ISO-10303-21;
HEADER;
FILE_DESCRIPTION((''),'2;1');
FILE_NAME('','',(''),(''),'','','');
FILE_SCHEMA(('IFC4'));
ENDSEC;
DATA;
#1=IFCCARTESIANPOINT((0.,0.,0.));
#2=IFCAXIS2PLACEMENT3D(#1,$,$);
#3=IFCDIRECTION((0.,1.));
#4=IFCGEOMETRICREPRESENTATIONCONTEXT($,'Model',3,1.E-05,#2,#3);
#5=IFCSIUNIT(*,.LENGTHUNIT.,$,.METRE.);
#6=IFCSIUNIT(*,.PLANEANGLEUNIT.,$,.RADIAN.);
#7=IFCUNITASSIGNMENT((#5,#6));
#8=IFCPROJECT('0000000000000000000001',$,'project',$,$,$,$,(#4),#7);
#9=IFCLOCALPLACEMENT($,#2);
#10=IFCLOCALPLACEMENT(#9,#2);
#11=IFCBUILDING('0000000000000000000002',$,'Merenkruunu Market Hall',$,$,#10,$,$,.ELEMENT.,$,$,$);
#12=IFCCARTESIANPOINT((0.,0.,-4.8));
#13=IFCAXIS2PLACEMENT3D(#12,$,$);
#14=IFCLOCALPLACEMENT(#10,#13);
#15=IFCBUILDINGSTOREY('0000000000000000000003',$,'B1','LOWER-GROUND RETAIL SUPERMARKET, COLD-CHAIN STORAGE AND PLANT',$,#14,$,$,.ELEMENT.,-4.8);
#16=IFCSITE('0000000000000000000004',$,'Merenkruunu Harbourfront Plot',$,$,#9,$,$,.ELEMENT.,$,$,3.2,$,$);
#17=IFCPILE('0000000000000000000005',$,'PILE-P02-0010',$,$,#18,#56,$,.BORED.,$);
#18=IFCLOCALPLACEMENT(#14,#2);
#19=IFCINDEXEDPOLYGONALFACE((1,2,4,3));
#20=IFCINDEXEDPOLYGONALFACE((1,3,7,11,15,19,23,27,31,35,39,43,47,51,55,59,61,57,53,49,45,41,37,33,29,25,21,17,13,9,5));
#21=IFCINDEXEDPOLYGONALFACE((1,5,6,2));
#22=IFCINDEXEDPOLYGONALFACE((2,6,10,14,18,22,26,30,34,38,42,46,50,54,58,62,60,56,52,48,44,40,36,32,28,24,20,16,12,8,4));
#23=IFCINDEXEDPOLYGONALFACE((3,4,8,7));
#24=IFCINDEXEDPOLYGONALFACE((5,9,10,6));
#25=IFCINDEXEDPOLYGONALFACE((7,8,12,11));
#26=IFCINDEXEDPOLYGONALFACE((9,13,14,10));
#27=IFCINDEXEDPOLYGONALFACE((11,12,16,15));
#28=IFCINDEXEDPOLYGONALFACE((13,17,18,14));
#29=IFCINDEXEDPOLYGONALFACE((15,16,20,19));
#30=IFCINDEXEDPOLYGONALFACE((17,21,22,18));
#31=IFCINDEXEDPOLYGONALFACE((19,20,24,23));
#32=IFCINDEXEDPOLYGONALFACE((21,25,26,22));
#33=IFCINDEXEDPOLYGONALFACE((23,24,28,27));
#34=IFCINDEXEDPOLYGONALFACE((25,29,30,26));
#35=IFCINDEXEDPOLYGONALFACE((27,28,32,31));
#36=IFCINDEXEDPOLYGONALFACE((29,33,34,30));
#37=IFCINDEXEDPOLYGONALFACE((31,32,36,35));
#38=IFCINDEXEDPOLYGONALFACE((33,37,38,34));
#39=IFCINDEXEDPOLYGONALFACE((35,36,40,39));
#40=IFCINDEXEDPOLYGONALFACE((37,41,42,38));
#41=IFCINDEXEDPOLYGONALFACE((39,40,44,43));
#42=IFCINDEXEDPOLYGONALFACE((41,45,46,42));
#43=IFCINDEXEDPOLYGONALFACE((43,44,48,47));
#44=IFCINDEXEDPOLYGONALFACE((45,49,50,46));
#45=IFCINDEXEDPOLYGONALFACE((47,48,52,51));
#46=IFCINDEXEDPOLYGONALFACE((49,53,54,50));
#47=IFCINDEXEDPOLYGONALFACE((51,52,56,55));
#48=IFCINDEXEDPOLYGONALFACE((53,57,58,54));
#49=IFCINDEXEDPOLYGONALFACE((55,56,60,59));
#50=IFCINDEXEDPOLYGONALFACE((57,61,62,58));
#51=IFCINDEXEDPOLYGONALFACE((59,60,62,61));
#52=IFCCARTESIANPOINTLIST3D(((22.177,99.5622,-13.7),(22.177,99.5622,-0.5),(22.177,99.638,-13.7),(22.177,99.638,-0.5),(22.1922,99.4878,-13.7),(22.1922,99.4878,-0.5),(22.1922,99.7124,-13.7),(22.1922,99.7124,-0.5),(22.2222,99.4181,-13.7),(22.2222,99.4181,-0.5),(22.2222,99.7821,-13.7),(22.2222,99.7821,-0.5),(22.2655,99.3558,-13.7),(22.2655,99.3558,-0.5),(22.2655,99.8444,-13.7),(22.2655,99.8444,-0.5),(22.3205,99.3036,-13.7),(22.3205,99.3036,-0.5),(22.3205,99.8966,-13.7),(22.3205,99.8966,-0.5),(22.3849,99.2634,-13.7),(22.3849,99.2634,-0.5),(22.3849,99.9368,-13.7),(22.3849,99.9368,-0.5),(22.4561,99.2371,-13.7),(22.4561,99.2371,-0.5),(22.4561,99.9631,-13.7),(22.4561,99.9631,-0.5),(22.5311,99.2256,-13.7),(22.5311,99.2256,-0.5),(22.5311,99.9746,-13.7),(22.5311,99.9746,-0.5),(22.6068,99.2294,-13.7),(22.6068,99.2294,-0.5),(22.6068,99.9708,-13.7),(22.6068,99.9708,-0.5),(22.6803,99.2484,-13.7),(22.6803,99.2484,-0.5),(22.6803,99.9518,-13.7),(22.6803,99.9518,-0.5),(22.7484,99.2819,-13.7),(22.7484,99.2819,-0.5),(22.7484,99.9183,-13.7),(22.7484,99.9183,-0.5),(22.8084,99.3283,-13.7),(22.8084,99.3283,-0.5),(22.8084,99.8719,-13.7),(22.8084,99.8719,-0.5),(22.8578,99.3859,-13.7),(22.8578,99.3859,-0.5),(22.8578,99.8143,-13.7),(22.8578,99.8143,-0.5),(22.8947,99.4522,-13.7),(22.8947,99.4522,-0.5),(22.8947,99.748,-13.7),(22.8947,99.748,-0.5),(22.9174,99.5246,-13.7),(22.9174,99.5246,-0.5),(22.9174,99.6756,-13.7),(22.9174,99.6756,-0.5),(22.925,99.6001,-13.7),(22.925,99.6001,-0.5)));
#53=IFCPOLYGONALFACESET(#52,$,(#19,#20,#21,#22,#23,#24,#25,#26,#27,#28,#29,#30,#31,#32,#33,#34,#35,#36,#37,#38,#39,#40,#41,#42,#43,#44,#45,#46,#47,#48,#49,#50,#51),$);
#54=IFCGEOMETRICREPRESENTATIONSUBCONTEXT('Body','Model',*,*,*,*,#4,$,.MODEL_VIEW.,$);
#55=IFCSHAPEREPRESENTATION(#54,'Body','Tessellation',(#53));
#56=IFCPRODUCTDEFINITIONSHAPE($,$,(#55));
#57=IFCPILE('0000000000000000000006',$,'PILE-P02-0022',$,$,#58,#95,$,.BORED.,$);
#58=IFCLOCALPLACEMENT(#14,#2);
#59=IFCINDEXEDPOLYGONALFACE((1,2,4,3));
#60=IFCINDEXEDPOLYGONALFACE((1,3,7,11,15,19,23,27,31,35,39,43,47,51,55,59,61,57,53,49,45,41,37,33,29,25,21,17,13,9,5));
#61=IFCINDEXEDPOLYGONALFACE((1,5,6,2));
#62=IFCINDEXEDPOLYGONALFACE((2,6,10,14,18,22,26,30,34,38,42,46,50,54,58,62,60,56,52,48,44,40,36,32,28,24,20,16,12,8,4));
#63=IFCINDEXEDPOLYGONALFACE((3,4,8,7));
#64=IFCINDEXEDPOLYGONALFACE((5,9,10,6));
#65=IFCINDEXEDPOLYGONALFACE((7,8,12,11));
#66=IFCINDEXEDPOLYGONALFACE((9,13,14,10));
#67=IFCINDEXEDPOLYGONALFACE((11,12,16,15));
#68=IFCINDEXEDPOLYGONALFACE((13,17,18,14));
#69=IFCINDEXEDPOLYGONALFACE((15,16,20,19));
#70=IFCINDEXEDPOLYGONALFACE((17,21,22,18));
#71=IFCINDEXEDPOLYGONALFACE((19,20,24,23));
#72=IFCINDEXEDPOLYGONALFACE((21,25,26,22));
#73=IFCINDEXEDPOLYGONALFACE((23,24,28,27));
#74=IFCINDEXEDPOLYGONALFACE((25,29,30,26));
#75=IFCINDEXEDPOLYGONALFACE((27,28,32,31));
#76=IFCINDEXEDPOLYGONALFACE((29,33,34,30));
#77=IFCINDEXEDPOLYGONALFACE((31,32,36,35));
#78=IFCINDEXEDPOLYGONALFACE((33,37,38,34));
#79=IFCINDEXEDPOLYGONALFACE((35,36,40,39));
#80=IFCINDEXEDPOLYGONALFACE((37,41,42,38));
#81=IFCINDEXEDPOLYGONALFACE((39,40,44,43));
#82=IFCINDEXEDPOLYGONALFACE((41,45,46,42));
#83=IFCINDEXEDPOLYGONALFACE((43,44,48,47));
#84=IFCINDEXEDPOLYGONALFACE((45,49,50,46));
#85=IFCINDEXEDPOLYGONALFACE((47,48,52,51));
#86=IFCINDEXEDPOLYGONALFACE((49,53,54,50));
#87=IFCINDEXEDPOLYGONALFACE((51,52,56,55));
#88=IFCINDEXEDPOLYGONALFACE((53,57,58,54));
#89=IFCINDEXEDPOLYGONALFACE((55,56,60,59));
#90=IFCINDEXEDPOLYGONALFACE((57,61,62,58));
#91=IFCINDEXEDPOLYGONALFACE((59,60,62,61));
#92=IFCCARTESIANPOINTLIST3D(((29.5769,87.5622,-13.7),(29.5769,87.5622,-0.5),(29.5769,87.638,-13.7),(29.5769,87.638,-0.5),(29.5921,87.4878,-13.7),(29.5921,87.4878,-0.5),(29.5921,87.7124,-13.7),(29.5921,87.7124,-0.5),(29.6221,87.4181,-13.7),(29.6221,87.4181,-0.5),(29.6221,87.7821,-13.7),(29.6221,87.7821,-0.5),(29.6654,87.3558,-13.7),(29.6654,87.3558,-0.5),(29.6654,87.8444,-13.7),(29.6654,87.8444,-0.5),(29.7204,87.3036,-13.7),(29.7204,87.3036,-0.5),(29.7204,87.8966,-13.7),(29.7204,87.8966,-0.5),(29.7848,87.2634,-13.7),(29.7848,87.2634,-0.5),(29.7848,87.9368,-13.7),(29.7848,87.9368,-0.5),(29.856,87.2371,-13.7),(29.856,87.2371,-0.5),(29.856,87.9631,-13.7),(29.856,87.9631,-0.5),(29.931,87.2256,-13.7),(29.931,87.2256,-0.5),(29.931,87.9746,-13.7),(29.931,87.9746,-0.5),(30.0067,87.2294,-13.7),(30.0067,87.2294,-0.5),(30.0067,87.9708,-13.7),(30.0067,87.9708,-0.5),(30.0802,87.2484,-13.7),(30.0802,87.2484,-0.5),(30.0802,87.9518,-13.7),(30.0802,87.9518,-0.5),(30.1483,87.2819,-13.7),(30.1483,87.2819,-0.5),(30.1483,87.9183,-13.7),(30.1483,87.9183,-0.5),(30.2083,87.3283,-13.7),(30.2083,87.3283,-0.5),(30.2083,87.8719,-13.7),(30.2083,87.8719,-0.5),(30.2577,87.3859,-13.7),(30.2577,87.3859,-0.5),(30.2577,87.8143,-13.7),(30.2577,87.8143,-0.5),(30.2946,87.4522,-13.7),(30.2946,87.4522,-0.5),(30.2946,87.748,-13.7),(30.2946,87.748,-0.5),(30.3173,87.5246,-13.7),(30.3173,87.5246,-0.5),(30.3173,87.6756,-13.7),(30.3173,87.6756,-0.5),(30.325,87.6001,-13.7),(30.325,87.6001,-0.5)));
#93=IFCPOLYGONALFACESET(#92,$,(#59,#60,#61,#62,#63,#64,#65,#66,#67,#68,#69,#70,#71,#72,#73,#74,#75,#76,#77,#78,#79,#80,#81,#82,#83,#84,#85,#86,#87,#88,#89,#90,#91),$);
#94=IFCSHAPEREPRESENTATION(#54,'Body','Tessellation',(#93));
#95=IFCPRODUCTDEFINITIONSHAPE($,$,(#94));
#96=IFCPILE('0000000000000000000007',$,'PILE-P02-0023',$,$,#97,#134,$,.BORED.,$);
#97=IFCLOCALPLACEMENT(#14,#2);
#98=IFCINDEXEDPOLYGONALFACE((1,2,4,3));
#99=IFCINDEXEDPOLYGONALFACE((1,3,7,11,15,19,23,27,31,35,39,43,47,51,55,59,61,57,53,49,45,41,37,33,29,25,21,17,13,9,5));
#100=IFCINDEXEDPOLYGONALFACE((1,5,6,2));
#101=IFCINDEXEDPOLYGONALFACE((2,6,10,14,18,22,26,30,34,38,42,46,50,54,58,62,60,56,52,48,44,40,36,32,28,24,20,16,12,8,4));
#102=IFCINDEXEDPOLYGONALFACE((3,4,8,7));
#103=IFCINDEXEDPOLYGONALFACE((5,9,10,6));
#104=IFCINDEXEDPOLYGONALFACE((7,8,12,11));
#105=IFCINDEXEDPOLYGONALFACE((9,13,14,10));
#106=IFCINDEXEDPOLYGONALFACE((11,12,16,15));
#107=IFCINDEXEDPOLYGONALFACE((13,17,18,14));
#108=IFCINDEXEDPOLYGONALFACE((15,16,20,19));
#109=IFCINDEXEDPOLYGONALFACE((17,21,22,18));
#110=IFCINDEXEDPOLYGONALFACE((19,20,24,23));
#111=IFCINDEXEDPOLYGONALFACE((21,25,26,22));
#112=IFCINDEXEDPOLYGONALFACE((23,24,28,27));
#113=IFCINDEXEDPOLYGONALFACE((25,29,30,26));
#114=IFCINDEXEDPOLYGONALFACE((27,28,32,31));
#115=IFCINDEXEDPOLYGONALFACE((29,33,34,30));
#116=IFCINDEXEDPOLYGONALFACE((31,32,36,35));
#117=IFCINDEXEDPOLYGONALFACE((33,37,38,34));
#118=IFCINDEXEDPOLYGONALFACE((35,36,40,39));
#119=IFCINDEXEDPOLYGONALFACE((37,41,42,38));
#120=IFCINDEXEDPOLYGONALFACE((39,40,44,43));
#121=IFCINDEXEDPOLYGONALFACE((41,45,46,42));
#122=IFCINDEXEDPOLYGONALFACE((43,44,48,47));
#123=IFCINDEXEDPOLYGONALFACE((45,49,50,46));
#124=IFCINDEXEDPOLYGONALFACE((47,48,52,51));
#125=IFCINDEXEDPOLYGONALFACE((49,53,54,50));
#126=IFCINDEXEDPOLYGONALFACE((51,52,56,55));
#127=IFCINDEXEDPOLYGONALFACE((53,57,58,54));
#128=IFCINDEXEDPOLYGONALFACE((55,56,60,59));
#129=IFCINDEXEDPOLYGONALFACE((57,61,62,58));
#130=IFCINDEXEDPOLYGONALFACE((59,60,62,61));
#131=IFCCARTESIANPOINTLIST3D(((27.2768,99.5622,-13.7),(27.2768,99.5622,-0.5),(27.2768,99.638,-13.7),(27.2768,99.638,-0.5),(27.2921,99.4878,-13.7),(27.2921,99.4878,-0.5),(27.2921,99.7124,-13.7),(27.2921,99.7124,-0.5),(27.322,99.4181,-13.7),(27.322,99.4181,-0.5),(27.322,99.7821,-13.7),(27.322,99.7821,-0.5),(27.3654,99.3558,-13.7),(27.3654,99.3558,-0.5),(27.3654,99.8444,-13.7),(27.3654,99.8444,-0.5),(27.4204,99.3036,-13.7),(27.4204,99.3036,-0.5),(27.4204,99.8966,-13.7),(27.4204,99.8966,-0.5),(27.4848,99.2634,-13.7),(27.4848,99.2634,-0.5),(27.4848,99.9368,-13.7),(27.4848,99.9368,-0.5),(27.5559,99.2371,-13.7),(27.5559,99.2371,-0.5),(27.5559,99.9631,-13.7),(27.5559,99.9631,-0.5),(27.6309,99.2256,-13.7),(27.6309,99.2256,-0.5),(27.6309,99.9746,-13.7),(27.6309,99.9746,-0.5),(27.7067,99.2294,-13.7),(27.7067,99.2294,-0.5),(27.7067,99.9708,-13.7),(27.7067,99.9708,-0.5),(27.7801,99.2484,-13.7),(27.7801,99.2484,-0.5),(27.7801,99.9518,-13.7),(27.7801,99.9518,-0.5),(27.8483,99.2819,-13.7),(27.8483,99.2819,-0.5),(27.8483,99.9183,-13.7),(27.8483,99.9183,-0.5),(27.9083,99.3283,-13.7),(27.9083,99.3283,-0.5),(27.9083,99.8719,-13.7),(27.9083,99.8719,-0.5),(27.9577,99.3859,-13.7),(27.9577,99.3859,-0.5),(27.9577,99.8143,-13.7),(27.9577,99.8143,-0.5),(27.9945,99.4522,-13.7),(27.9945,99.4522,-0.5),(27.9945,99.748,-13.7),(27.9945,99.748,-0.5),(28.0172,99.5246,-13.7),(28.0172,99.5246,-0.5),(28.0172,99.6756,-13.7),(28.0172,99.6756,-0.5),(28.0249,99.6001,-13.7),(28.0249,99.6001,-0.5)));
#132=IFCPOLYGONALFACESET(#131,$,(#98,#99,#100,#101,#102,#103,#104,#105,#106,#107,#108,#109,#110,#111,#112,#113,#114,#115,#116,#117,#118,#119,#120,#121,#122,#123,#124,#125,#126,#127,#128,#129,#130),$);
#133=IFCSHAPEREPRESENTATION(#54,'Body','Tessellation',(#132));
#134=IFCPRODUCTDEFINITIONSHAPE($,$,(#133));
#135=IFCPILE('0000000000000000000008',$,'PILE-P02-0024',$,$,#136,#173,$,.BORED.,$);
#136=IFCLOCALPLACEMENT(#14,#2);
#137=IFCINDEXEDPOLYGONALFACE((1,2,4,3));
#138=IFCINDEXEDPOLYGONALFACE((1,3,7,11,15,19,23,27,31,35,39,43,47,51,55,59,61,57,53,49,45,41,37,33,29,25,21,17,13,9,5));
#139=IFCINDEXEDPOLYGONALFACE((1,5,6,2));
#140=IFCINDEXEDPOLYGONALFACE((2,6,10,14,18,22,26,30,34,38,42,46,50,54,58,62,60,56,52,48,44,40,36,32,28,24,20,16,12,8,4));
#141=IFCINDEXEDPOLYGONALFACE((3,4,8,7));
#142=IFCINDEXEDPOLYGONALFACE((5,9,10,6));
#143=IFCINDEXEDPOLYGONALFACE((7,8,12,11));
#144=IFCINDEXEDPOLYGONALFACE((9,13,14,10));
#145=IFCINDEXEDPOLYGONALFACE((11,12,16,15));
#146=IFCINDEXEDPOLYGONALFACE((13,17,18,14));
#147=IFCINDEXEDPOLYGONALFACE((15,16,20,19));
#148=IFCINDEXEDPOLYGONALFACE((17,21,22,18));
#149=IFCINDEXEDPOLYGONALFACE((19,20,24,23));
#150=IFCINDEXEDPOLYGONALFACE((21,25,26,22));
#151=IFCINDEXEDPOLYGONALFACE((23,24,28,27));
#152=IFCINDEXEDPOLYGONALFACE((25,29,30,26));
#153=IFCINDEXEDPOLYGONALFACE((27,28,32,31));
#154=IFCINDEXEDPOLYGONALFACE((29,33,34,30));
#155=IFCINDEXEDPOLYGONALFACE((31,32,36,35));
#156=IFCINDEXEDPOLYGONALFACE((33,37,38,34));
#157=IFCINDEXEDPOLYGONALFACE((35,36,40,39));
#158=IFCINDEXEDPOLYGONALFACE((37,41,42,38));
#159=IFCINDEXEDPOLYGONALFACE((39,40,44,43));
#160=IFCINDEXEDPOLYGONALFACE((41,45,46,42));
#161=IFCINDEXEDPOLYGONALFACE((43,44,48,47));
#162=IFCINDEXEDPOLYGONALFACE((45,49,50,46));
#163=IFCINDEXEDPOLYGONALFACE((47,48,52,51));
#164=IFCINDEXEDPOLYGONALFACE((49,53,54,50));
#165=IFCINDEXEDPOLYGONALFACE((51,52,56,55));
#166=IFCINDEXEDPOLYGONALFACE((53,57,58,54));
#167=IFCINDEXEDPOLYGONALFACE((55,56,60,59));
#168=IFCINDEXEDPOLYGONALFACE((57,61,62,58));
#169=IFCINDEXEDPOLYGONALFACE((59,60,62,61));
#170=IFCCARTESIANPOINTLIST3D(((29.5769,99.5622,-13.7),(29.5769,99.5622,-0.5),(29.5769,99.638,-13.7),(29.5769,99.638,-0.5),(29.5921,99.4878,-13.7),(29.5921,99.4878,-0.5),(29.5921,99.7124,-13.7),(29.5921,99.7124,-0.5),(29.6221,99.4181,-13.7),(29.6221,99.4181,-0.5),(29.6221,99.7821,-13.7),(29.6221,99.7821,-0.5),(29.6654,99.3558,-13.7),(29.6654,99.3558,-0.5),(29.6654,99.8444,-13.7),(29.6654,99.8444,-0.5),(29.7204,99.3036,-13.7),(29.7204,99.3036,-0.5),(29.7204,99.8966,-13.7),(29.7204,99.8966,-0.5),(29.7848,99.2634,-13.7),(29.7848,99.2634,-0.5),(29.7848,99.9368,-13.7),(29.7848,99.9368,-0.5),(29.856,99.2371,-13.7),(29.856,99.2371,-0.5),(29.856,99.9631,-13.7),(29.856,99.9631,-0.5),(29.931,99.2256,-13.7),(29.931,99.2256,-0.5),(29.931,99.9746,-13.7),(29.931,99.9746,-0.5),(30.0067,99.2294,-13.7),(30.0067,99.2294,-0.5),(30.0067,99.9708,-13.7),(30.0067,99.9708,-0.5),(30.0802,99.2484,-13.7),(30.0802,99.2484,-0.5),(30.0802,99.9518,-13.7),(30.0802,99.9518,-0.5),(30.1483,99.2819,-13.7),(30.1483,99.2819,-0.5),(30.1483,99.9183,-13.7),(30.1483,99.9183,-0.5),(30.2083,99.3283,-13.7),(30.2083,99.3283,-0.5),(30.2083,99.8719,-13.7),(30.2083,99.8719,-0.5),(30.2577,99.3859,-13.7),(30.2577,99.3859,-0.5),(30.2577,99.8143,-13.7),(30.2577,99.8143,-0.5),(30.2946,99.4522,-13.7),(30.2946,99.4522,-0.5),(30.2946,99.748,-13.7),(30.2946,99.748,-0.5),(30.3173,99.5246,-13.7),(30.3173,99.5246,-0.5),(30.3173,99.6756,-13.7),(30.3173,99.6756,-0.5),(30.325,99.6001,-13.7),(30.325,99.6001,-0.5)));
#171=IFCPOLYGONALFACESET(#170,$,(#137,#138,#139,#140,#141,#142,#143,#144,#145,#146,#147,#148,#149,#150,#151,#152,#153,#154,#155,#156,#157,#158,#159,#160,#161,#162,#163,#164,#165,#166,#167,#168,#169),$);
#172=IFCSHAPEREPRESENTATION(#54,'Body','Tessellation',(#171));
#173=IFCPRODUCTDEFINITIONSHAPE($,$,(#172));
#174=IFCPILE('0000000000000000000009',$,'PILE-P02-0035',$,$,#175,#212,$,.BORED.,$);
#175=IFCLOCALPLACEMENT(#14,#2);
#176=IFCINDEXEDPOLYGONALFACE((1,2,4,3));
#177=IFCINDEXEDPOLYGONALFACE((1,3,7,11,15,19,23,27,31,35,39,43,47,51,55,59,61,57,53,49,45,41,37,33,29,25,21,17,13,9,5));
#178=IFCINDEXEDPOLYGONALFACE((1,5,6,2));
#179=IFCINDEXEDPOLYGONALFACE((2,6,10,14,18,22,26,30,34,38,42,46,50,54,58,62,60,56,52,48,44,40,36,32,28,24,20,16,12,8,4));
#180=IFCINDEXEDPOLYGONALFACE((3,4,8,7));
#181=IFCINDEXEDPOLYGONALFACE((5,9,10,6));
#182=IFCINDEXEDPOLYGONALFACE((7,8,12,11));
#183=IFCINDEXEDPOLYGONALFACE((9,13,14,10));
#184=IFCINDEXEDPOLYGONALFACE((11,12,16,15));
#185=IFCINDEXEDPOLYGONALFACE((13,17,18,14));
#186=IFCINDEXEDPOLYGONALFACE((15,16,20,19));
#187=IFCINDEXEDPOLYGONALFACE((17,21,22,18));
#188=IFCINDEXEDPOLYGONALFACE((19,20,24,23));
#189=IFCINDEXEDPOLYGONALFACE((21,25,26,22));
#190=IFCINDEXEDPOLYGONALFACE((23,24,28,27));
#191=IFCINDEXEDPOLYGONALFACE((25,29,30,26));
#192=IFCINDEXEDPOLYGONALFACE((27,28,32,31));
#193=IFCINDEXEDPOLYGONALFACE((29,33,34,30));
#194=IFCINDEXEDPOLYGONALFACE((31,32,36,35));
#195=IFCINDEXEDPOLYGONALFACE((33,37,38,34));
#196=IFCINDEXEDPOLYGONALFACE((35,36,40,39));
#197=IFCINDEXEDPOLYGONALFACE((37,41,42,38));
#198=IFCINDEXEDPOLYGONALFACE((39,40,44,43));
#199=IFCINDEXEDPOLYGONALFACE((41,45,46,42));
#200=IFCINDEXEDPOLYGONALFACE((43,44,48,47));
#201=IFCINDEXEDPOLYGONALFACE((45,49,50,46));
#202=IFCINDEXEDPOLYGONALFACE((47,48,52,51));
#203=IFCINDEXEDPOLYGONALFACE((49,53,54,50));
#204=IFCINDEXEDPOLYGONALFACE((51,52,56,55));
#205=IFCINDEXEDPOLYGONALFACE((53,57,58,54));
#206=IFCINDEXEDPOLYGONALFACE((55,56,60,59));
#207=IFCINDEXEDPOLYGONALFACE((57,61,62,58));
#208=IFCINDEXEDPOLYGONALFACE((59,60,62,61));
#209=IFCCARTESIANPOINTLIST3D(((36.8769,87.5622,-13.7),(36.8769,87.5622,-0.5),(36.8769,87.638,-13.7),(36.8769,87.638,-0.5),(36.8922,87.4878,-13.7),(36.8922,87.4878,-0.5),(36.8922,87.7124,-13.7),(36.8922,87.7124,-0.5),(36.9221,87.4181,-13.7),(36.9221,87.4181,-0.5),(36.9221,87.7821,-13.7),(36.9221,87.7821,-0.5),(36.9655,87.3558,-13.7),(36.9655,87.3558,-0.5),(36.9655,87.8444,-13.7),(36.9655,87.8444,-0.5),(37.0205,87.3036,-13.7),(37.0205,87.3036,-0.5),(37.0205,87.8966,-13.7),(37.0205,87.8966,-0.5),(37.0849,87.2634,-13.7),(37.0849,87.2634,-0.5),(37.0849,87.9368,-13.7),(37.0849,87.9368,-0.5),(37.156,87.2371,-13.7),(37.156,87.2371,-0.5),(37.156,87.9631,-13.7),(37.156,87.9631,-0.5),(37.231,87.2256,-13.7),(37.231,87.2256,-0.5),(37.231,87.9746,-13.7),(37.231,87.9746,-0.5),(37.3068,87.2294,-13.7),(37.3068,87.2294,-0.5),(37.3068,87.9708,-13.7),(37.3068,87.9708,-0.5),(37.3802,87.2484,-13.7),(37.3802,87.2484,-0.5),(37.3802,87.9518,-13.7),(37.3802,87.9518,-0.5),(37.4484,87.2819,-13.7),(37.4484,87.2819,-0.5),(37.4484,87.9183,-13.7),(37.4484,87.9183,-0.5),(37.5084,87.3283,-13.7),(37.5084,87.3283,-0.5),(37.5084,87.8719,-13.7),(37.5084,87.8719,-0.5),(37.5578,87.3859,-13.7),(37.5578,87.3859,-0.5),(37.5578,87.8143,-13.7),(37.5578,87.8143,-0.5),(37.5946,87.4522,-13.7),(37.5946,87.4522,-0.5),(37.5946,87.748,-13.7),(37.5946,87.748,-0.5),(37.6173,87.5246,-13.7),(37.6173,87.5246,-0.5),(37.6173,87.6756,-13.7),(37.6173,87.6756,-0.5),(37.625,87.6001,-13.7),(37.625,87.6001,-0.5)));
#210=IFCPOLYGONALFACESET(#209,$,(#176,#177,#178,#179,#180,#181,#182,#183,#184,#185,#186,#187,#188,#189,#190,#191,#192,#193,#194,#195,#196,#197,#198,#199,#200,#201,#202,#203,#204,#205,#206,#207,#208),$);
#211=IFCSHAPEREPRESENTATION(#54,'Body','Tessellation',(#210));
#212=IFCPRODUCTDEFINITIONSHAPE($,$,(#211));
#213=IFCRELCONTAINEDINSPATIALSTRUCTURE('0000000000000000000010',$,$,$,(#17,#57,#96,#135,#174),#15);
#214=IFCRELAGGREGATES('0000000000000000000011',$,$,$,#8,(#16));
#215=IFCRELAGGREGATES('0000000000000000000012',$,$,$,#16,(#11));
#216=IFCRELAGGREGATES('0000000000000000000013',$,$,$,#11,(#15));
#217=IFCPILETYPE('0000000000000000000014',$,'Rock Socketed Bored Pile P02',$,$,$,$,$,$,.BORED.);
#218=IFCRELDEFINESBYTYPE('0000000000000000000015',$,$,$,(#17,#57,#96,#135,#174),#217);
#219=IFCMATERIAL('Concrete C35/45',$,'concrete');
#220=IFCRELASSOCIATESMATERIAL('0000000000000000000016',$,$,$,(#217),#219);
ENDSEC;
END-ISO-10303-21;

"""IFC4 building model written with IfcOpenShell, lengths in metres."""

from ifc_helpers import new_model, si_unit, direction, frame, origin, origin_2d, place, context, subcontext, project, spatial, circle, extrude, material, material_profile, profile_set, type_object, element, save


model = new_model("IFC4")

# Units and contexts
model_context = context("Model", 3, precision=1e-05, world=origin(), true_north=direction((0.0, 1.0)))
body_context = subcontext(model_context, "Body", "Model", "MODEL_VIEW")
ifc_project = project(units=[si_unit("LENGTHUNIT", "METRE"), si_unit("PLANEANGLEUNIT", "RADIAN")], contexts=[model_context])

# Site, building, storey
site_placement = place(None, origin())
site = spatial("IfcSite", under=ifc_project, at=site_placement, Name="Merenkruunu Harbourfront Plot", CompositionType="ELEMENT", RefElevation=3.2)
building_placement = place(site_placement, origin())
building = spatial("IfcBuilding", under=site, at=building_placement, Name="Merenkruunu Market Hall", CompositionType="ELEMENT")
storey_placement = place(building_placement, frame((0.0, 0.0, -4.8)))
storey = spatial("IfcBuildingStorey", under=building, at=storey_placement, Name="B1", Description="LOWER-GROUND RETAIL SUPERMARKET, COLD-CHAIN STORAGE AND PLANT", CompositionType="ELEMENT", Elevation=-4.8)

# Piles
ifc_material_1 = material(Name="Concrete C35/45", Category="concrete")
ifc_material_profile_1 = material_profile(ifc_material_1, circle(Radius=0.375, at=origin_2d()), Name="BORED PILE 750")
ifc_profile_set_1 = profile_set([ifc_material_profile_1], Name="Concrete C35/45")
pile_type_1 = type_object("IfcPileType", Name="Rock Socketed Bored Pile P02", PredefinedType="BORED", material=ifc_profile_set_1)
for number, where, z_axis, x_axis, name in (
    (1, (22.55, 99.6001, -0.5), (0.0, 0.0, -1.0), (1.0, 0.0, 0.0), "PILE-P02-0010"),
    (2, (29.95, 87.6001, -0.5), (0.0, 0.0, -1.0), (1.0, 0.0, 0.0), "PILE-P02-0022"),
    (3, (27.6499, 99.6001, -0.5), (0.0, 0.0, -1.0), (1.0, 0.0, 0.0), "PILE-P02-0023"),
    (4, (29.95, 99.6001, -0.5), (0.0, 0.0, -1.0), (1.0, 0.0, 0.0), "PILE-P02-0024"),
    (5, (37.25, 87.6001, -0.5), (0.0, 0.0, -1.0), (1.0, 0.0, 0.0), "PILE-P02-0035"),
):
    element("IfcPile", number, at=place(storey_placement, frame(where, z_axis=z_axis, x_axis=x_axis)), inside=storey, type_object=pile_type_1, Name=name, PredefinedType="BORED", context=body_context, shape_type="SweptSolid", body=[
        extrude(circle(Radius=0.375, at=origin_2d()), origin(), (0.0, 0.0, 1.0), 13.2),
    ])

save(model, "model.ifc")
